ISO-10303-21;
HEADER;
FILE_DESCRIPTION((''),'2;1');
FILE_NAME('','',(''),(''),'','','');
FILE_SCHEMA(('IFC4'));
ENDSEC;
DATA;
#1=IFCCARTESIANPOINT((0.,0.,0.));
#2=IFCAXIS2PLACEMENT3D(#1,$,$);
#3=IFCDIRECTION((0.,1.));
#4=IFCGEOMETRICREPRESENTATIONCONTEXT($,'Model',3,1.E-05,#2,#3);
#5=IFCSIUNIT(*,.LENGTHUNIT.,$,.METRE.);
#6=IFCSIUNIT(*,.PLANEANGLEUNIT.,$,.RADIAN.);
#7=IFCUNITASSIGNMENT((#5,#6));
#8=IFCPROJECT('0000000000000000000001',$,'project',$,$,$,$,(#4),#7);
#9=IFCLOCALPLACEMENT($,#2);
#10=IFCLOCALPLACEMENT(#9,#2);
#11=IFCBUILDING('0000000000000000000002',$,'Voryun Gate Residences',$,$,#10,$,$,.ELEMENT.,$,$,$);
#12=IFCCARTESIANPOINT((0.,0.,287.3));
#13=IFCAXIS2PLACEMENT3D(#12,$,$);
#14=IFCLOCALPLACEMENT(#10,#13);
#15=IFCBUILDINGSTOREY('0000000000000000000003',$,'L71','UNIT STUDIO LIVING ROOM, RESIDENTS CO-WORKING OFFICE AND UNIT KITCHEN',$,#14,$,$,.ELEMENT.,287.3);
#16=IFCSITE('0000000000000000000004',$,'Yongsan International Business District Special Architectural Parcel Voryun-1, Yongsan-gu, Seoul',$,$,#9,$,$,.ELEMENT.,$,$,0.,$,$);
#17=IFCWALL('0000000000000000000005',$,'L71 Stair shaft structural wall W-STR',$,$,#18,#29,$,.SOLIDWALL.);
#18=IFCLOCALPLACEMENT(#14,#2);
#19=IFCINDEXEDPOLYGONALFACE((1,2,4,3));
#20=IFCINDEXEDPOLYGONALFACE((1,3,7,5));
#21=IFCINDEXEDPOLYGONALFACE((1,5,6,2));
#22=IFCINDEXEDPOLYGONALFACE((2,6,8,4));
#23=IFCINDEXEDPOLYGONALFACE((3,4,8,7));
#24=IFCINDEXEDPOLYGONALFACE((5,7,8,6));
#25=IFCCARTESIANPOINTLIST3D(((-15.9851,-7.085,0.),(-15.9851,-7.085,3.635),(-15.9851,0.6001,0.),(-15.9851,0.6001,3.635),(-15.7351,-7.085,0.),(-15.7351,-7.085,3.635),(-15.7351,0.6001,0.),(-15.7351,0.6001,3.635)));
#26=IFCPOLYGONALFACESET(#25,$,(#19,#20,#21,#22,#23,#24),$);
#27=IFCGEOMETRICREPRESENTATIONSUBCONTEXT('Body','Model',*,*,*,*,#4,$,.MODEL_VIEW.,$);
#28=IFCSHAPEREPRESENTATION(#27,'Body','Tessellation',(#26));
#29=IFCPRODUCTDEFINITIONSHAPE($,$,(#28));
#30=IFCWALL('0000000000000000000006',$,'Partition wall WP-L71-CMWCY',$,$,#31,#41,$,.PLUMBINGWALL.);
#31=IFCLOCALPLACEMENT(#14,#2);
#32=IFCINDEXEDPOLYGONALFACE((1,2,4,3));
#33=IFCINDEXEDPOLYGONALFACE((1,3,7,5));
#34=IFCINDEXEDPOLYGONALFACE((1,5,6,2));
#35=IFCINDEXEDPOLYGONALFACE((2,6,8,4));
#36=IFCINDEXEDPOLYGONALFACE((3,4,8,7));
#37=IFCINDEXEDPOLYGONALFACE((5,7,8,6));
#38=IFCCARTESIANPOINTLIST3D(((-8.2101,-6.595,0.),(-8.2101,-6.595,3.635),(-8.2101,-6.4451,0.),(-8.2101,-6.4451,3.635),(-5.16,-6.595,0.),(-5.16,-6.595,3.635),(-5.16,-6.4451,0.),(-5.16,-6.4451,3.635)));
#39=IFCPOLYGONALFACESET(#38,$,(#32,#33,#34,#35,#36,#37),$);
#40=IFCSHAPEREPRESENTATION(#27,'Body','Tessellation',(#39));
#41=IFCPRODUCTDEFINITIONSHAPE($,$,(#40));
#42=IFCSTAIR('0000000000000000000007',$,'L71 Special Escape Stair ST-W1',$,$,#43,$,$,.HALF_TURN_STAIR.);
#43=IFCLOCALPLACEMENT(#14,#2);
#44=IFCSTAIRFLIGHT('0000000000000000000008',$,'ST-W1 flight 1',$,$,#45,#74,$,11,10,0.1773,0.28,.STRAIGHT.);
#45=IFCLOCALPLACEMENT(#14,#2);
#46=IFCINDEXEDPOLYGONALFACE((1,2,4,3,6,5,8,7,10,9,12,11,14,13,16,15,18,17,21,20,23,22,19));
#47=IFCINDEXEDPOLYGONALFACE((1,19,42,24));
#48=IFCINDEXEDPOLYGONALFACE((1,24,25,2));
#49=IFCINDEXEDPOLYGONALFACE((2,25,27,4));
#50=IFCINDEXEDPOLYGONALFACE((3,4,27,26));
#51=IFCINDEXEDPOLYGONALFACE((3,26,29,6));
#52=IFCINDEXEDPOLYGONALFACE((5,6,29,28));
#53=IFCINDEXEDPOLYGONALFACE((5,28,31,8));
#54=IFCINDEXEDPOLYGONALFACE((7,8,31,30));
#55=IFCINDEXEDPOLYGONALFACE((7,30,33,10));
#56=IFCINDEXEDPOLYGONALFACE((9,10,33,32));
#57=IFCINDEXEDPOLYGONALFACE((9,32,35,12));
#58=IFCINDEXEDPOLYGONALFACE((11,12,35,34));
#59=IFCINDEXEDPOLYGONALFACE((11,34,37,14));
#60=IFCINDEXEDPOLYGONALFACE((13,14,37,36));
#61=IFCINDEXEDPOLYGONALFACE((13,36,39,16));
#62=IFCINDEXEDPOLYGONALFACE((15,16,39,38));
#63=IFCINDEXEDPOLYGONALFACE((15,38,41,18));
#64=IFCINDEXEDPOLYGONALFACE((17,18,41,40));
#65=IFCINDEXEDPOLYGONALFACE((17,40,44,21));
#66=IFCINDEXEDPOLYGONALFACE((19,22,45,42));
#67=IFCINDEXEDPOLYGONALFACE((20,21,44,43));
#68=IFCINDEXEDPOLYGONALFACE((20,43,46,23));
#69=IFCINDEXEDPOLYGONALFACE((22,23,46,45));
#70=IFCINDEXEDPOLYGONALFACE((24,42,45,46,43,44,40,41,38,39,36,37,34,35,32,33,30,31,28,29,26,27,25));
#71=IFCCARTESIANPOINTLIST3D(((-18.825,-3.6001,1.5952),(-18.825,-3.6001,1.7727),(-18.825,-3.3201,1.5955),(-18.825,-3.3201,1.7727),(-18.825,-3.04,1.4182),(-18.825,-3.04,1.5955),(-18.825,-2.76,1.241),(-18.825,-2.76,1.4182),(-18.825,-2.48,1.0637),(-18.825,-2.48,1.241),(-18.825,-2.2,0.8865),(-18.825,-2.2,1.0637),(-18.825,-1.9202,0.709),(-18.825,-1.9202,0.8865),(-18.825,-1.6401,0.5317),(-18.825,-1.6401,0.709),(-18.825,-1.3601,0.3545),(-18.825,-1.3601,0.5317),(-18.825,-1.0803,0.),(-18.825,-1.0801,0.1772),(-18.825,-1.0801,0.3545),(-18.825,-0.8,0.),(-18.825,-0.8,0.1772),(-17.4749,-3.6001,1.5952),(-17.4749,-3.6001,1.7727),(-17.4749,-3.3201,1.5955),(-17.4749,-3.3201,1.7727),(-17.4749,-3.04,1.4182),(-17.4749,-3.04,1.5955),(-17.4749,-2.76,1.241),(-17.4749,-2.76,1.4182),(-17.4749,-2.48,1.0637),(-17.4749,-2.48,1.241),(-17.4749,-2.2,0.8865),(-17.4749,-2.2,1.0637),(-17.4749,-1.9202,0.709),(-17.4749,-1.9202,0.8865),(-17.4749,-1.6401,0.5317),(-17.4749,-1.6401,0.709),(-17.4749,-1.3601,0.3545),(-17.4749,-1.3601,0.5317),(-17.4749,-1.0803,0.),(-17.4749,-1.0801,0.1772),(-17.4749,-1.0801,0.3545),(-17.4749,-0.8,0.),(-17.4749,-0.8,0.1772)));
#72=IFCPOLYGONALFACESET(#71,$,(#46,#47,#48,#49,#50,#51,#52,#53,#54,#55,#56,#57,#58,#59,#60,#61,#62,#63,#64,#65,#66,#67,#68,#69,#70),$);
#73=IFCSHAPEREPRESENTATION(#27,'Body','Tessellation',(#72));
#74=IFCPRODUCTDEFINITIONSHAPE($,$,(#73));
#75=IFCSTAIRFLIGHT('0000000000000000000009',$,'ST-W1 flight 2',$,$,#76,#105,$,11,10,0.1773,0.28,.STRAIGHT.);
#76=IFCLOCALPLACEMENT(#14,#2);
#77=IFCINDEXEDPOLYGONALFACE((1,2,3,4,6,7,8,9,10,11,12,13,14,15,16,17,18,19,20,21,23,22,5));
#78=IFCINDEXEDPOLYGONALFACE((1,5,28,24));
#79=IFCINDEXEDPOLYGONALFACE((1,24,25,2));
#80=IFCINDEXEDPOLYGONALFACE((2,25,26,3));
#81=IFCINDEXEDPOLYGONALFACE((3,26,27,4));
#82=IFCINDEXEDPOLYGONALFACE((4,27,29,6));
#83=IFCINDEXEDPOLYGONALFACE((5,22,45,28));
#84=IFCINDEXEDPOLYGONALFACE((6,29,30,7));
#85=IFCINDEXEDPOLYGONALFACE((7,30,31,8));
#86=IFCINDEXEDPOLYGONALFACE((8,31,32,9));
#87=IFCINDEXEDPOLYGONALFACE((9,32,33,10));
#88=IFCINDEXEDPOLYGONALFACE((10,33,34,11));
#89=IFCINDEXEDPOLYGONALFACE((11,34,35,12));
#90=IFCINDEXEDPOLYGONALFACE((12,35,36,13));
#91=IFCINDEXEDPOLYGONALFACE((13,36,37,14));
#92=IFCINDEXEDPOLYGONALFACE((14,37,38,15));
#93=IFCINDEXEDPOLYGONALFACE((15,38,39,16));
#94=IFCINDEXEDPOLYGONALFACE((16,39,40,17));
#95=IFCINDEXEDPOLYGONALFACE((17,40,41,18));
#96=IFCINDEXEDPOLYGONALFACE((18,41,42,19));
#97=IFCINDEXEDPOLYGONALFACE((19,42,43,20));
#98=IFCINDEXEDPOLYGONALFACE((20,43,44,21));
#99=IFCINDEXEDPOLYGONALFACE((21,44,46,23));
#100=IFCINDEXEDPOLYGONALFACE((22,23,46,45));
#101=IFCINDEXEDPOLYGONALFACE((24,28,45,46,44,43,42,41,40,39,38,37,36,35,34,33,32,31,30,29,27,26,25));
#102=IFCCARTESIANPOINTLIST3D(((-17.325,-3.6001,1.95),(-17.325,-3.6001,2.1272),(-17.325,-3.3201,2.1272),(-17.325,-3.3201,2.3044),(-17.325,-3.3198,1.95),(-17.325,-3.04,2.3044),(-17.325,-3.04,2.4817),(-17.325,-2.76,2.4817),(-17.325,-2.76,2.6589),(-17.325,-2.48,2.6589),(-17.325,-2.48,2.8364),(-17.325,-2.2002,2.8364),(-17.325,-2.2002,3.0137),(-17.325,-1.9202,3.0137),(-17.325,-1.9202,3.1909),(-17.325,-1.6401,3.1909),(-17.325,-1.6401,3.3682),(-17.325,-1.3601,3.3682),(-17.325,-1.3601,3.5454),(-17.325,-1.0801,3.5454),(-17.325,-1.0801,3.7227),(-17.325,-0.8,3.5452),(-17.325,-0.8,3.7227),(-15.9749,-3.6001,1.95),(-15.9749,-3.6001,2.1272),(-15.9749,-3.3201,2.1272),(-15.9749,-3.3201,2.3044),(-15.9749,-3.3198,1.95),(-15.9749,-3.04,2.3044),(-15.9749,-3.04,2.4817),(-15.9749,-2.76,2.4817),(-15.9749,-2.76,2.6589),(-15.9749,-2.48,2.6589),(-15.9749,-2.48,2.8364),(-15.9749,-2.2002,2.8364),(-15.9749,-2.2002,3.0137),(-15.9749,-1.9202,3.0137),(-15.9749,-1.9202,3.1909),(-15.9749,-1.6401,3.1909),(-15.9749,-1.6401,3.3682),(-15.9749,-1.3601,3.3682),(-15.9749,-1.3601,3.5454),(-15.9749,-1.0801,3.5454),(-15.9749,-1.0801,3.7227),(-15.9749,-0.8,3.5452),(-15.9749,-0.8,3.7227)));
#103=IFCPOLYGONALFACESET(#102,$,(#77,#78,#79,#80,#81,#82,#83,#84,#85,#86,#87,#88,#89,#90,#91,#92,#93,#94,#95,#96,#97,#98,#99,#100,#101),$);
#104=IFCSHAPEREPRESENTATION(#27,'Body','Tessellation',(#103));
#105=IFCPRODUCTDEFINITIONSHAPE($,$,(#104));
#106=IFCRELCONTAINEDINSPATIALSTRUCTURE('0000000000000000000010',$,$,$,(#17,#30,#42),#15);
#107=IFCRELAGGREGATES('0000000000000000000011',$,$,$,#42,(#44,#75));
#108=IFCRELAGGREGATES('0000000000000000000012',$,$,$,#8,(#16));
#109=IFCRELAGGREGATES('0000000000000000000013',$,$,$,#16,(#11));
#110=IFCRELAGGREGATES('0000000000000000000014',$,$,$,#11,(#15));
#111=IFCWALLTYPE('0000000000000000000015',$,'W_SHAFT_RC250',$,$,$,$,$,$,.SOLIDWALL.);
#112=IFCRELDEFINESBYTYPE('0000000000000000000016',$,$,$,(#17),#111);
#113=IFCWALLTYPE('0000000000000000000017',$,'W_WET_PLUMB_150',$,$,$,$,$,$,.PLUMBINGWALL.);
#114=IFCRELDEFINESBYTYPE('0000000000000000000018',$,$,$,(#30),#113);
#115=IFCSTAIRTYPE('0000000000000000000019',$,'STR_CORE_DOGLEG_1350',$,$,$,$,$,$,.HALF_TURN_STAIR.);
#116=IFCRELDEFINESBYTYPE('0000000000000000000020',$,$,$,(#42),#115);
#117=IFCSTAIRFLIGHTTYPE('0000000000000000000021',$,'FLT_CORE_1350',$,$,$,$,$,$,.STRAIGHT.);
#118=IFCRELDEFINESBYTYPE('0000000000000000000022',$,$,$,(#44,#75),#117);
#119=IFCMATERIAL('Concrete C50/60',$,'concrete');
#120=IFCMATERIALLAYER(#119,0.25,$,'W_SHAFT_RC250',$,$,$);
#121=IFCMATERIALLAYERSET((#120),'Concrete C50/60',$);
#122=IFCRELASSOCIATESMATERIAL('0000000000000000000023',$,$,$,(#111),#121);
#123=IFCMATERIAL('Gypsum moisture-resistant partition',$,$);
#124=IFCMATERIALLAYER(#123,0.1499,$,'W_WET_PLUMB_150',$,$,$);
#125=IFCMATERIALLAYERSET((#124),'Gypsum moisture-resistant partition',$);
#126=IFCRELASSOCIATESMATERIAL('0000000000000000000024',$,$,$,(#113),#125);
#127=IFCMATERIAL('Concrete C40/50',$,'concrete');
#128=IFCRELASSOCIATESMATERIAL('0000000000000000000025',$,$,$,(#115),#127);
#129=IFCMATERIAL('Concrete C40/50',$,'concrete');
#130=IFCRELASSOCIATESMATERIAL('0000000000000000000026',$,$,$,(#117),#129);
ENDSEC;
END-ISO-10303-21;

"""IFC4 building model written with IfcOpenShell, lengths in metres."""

from ifc_helpers import new_model, si_unit, direction, frame, frame_2d, origin, place, context, subcontext, project, spatial, polyline, rectangle, outline, extrude, material, layer, layer_set, type_object, element, aggregate, save


model = new_model("IFC4")

# Units and contexts
model_context = context("Model", 3, precision=1e-05, world=origin(), true_north=direction((0.0, 1.0)))
body_context = subcontext(model_context, "Body", "Model", "MODEL_VIEW")
ifc_project = project(units=[si_unit("LENGTHUNIT", "METRE"), si_unit("PLANEANGLEUNIT", "RADIAN")], contexts=[model_context])

# Site, building, storey
site_placement = place(None, origin())
site = spatial("IfcSite", under=ifc_project, at=site_placement, Name="Yongsan International Business District Special Architectural Parcel Voryun-1, Yongsan-gu, Seoul", CompositionType="ELEMENT", RefElevation=0.0)
building_placement = place(site_placement, origin())
building = spatial("IfcBuilding", under=site, at=building_placement, Name="Voryun Gate Residences", CompositionType="ELEMENT")
storey_placement = place(building_placement, frame((0.0, 0.0, 287.3)))
storey = spatial("IfcBuildingStorey", under=building, at=storey_placement, Name="L71", Description="UNIT STUDIO LIVING ROOM, RESIDENTS CO-WORKING OFFICE AND UNIT KITCHEN", CompositionType="ELEMENT", Elevation=287.3)

# Walls
ifc_material_1 = material(Name="Concrete C50/60", Category="concrete")
ifc_layer_1 = layer(ifc_material_1, 0.25, Name="W_SHAFT_RC250")
ifc_layer_set_1 = layer_set([ifc_layer_1], Name="Concrete C50/60")
wall_type_1 = type_object("IfcWallType", Name="W_SHAFT_RC250", PredefinedType="SOLIDWALL", material=ifc_layer_set_1)
wall_1_placement = place(storey_placement, frame((-15.8601, -7.085, 0.0), z_axis=(0.0, 0.0, 1.0), x_axis=(0.0, 1.0, 0.0)))
element("IfcWall", 1, at=wall_1_placement, inside=storey, type_object=wall_type_1, Name="L71 Stair shaft structural wall W-STR", PredefinedType="SOLIDWALL", context=body_context, shape_type="SweptSolid", body=[
    extrude(rectangle(XDim=7.6851, YDim=0.25, at=frame_2d((3.8425, 0.0))), origin(), (0.0, 0.0, 1.0), 3.635),
])
ifc_material_2 = material(Name="Gypsum moisture-resistant partition")
ifc_layer_2 = layer(ifc_material_2, 0.1499, Name="W_WET_PLUMB_150")
ifc_layer_set_2 = layer_set([ifc_layer_2], Name="Gypsum moisture-resistant partition")
wall_type_2 = type_object("IfcWallType", Name="W_WET_PLUMB_150", PredefinedType="PLUMBINGWALL", material=ifc_layer_set_2)
wall_2_placement = place(storey_placement, frame((-8.21, -6.52, 0.0), z_axis=(0.0, 0.0, 1.0), x_axis=(1.0, 0.0, 0.0)))
element("IfcWall", 2, at=wall_2_placement, inside=storey, type_object=wall_type_2, Name="Partition wall WP-L71-CMWCY", PredefinedType="PLUMBINGWALL", context=body_context, shape_type="SweptSolid", body=[
    extrude(rectangle(XDim=3.05, YDim=0.1499, at=frame_2d((1.5249, 0.0))), origin(), (0.0, 0.0, 1.0), 3.635),
])

# Stair, stair flights
ifc_material_3 = material(Name="Concrete C40/50", Category="concrete")
stair_type = type_object("IfcStairType", Name="STR_CORE_DOGLEG_1350", PredefinedType="HALF_TURN_STAIR", material=ifc_material_3)
stair_placement = place(storey_placement, origin())
stair = element("IfcStair", 3, at=stair_placement, inside=storey, type_object=stair_type, Name="L71 Special Escape Stair ST-W1", PredefinedType="HALF_TURN_STAIR")
ifc_material_4 = material(Name="Concrete C40/50", Category="concrete")
stair_flight_type = type_object("IfcStairFlightType", Name="FLT_CORE_1350", PredefinedType="STRAIGHT", material=ifc_material_4)
stair_flight_1_placement = place(storey_placement, frame((-18.1499, -0.8, 0.0), z_axis=(0.0, 0.0, 1.0), x_axis=(0.0, -1.0, 0.0)))
stair_flight_1 = element("IfcStairFlight", 4, at=stair_flight_1_placement, type_object=stair_flight_type, Name="ST-W1 flight 1", NumberOfRisers=11, NumberOfTreads=10, PredefinedType="STRAIGHT", RiserHeight=0.1773, TreadLength=0.28, context=body_context, shape_type="SweptSolid", body=[
    extrude(outline(polyline([(0.0, 0.0), (0.0, 0.1772), (0.28, 0.1772), (0.28, 0.3545), (0.5601, 0.3545), (0.5601, 0.5317), (0.8401, 0.5317), (0.8401, 0.709), (1.1201, 0.709), (1.1201, 0.8865), (1.3999, 0.8865), (1.3999, 1.0637), (1.6799, 1.0637), (1.6799, 1.241), (1.96, 1.241), (1.96, 1.4182), (2.24, 1.4182), (2.24, 1.5955), (2.52, 1.5955), (2.52, 1.7727), (2.8, 1.7727), (2.8, 1.95), (2.8, 1.5952), (0.2803, 0.0), (0.0, 0.0)])), frame((0.0, 0.675, 0.0), z_axis=(0.0, -1.0, 0.0), x_axis=(1.0, 0.0, 0.0)), (0.0, 0.0, 1.0), 1.3501),
])
stair_flight_2_placement = place(storey_placement, frame((-16.6499, -3.6001, 1.95), z_axis=(0.0, 0.0, 1.0), x_axis=(0.0, 1.0, 0.0)))
stair_flight_2 = element("IfcStairFlight", 5, at=stair_flight_2_placement, type_object=stair_flight_type, Name="ST-W1 flight 2", NumberOfRisers=11, NumberOfTreads=10, PredefinedType="STRAIGHT", RiserHeight=0.1773, TreadLength=0.28, context=body_context, shape_type="SweptSolid", body=[
    extrude(outline(polyline([(0.0, 0.0), (0.0, 0.1772), (0.28, 0.1772), (0.28, 0.3545), (0.5601, 0.3545), (0.5601, 0.5317), (0.8401, 0.5317), (0.8401, 0.709), (1.1201, 0.709), (1.1201, 0.8865), (1.3999, 0.8865), (1.3999, 1.0637), (1.6799, 1.0637), (1.6799, 1.241), (1.96, 1.241), (1.96, 1.4182), (2.24, 1.4182), (2.24, 1.5955), (2.52, 1.5955), (2.52, 1.7727), (2.8, 1.7727), (2.8, 1.95), (2.8, 1.5952), (0.2803, 0.0), (0.0, 0.0)])), frame((0.0, 0.675, 0.0), z_axis=(0.0, -1.0, 0.0), x_axis=(1.0, 0.0, 0.0)), (0.0, 0.0, 1.0), 1.3501),
])
aggregate(stair, [stair_flight_1, stair_flight_2])

save(model, "model.ifc")
